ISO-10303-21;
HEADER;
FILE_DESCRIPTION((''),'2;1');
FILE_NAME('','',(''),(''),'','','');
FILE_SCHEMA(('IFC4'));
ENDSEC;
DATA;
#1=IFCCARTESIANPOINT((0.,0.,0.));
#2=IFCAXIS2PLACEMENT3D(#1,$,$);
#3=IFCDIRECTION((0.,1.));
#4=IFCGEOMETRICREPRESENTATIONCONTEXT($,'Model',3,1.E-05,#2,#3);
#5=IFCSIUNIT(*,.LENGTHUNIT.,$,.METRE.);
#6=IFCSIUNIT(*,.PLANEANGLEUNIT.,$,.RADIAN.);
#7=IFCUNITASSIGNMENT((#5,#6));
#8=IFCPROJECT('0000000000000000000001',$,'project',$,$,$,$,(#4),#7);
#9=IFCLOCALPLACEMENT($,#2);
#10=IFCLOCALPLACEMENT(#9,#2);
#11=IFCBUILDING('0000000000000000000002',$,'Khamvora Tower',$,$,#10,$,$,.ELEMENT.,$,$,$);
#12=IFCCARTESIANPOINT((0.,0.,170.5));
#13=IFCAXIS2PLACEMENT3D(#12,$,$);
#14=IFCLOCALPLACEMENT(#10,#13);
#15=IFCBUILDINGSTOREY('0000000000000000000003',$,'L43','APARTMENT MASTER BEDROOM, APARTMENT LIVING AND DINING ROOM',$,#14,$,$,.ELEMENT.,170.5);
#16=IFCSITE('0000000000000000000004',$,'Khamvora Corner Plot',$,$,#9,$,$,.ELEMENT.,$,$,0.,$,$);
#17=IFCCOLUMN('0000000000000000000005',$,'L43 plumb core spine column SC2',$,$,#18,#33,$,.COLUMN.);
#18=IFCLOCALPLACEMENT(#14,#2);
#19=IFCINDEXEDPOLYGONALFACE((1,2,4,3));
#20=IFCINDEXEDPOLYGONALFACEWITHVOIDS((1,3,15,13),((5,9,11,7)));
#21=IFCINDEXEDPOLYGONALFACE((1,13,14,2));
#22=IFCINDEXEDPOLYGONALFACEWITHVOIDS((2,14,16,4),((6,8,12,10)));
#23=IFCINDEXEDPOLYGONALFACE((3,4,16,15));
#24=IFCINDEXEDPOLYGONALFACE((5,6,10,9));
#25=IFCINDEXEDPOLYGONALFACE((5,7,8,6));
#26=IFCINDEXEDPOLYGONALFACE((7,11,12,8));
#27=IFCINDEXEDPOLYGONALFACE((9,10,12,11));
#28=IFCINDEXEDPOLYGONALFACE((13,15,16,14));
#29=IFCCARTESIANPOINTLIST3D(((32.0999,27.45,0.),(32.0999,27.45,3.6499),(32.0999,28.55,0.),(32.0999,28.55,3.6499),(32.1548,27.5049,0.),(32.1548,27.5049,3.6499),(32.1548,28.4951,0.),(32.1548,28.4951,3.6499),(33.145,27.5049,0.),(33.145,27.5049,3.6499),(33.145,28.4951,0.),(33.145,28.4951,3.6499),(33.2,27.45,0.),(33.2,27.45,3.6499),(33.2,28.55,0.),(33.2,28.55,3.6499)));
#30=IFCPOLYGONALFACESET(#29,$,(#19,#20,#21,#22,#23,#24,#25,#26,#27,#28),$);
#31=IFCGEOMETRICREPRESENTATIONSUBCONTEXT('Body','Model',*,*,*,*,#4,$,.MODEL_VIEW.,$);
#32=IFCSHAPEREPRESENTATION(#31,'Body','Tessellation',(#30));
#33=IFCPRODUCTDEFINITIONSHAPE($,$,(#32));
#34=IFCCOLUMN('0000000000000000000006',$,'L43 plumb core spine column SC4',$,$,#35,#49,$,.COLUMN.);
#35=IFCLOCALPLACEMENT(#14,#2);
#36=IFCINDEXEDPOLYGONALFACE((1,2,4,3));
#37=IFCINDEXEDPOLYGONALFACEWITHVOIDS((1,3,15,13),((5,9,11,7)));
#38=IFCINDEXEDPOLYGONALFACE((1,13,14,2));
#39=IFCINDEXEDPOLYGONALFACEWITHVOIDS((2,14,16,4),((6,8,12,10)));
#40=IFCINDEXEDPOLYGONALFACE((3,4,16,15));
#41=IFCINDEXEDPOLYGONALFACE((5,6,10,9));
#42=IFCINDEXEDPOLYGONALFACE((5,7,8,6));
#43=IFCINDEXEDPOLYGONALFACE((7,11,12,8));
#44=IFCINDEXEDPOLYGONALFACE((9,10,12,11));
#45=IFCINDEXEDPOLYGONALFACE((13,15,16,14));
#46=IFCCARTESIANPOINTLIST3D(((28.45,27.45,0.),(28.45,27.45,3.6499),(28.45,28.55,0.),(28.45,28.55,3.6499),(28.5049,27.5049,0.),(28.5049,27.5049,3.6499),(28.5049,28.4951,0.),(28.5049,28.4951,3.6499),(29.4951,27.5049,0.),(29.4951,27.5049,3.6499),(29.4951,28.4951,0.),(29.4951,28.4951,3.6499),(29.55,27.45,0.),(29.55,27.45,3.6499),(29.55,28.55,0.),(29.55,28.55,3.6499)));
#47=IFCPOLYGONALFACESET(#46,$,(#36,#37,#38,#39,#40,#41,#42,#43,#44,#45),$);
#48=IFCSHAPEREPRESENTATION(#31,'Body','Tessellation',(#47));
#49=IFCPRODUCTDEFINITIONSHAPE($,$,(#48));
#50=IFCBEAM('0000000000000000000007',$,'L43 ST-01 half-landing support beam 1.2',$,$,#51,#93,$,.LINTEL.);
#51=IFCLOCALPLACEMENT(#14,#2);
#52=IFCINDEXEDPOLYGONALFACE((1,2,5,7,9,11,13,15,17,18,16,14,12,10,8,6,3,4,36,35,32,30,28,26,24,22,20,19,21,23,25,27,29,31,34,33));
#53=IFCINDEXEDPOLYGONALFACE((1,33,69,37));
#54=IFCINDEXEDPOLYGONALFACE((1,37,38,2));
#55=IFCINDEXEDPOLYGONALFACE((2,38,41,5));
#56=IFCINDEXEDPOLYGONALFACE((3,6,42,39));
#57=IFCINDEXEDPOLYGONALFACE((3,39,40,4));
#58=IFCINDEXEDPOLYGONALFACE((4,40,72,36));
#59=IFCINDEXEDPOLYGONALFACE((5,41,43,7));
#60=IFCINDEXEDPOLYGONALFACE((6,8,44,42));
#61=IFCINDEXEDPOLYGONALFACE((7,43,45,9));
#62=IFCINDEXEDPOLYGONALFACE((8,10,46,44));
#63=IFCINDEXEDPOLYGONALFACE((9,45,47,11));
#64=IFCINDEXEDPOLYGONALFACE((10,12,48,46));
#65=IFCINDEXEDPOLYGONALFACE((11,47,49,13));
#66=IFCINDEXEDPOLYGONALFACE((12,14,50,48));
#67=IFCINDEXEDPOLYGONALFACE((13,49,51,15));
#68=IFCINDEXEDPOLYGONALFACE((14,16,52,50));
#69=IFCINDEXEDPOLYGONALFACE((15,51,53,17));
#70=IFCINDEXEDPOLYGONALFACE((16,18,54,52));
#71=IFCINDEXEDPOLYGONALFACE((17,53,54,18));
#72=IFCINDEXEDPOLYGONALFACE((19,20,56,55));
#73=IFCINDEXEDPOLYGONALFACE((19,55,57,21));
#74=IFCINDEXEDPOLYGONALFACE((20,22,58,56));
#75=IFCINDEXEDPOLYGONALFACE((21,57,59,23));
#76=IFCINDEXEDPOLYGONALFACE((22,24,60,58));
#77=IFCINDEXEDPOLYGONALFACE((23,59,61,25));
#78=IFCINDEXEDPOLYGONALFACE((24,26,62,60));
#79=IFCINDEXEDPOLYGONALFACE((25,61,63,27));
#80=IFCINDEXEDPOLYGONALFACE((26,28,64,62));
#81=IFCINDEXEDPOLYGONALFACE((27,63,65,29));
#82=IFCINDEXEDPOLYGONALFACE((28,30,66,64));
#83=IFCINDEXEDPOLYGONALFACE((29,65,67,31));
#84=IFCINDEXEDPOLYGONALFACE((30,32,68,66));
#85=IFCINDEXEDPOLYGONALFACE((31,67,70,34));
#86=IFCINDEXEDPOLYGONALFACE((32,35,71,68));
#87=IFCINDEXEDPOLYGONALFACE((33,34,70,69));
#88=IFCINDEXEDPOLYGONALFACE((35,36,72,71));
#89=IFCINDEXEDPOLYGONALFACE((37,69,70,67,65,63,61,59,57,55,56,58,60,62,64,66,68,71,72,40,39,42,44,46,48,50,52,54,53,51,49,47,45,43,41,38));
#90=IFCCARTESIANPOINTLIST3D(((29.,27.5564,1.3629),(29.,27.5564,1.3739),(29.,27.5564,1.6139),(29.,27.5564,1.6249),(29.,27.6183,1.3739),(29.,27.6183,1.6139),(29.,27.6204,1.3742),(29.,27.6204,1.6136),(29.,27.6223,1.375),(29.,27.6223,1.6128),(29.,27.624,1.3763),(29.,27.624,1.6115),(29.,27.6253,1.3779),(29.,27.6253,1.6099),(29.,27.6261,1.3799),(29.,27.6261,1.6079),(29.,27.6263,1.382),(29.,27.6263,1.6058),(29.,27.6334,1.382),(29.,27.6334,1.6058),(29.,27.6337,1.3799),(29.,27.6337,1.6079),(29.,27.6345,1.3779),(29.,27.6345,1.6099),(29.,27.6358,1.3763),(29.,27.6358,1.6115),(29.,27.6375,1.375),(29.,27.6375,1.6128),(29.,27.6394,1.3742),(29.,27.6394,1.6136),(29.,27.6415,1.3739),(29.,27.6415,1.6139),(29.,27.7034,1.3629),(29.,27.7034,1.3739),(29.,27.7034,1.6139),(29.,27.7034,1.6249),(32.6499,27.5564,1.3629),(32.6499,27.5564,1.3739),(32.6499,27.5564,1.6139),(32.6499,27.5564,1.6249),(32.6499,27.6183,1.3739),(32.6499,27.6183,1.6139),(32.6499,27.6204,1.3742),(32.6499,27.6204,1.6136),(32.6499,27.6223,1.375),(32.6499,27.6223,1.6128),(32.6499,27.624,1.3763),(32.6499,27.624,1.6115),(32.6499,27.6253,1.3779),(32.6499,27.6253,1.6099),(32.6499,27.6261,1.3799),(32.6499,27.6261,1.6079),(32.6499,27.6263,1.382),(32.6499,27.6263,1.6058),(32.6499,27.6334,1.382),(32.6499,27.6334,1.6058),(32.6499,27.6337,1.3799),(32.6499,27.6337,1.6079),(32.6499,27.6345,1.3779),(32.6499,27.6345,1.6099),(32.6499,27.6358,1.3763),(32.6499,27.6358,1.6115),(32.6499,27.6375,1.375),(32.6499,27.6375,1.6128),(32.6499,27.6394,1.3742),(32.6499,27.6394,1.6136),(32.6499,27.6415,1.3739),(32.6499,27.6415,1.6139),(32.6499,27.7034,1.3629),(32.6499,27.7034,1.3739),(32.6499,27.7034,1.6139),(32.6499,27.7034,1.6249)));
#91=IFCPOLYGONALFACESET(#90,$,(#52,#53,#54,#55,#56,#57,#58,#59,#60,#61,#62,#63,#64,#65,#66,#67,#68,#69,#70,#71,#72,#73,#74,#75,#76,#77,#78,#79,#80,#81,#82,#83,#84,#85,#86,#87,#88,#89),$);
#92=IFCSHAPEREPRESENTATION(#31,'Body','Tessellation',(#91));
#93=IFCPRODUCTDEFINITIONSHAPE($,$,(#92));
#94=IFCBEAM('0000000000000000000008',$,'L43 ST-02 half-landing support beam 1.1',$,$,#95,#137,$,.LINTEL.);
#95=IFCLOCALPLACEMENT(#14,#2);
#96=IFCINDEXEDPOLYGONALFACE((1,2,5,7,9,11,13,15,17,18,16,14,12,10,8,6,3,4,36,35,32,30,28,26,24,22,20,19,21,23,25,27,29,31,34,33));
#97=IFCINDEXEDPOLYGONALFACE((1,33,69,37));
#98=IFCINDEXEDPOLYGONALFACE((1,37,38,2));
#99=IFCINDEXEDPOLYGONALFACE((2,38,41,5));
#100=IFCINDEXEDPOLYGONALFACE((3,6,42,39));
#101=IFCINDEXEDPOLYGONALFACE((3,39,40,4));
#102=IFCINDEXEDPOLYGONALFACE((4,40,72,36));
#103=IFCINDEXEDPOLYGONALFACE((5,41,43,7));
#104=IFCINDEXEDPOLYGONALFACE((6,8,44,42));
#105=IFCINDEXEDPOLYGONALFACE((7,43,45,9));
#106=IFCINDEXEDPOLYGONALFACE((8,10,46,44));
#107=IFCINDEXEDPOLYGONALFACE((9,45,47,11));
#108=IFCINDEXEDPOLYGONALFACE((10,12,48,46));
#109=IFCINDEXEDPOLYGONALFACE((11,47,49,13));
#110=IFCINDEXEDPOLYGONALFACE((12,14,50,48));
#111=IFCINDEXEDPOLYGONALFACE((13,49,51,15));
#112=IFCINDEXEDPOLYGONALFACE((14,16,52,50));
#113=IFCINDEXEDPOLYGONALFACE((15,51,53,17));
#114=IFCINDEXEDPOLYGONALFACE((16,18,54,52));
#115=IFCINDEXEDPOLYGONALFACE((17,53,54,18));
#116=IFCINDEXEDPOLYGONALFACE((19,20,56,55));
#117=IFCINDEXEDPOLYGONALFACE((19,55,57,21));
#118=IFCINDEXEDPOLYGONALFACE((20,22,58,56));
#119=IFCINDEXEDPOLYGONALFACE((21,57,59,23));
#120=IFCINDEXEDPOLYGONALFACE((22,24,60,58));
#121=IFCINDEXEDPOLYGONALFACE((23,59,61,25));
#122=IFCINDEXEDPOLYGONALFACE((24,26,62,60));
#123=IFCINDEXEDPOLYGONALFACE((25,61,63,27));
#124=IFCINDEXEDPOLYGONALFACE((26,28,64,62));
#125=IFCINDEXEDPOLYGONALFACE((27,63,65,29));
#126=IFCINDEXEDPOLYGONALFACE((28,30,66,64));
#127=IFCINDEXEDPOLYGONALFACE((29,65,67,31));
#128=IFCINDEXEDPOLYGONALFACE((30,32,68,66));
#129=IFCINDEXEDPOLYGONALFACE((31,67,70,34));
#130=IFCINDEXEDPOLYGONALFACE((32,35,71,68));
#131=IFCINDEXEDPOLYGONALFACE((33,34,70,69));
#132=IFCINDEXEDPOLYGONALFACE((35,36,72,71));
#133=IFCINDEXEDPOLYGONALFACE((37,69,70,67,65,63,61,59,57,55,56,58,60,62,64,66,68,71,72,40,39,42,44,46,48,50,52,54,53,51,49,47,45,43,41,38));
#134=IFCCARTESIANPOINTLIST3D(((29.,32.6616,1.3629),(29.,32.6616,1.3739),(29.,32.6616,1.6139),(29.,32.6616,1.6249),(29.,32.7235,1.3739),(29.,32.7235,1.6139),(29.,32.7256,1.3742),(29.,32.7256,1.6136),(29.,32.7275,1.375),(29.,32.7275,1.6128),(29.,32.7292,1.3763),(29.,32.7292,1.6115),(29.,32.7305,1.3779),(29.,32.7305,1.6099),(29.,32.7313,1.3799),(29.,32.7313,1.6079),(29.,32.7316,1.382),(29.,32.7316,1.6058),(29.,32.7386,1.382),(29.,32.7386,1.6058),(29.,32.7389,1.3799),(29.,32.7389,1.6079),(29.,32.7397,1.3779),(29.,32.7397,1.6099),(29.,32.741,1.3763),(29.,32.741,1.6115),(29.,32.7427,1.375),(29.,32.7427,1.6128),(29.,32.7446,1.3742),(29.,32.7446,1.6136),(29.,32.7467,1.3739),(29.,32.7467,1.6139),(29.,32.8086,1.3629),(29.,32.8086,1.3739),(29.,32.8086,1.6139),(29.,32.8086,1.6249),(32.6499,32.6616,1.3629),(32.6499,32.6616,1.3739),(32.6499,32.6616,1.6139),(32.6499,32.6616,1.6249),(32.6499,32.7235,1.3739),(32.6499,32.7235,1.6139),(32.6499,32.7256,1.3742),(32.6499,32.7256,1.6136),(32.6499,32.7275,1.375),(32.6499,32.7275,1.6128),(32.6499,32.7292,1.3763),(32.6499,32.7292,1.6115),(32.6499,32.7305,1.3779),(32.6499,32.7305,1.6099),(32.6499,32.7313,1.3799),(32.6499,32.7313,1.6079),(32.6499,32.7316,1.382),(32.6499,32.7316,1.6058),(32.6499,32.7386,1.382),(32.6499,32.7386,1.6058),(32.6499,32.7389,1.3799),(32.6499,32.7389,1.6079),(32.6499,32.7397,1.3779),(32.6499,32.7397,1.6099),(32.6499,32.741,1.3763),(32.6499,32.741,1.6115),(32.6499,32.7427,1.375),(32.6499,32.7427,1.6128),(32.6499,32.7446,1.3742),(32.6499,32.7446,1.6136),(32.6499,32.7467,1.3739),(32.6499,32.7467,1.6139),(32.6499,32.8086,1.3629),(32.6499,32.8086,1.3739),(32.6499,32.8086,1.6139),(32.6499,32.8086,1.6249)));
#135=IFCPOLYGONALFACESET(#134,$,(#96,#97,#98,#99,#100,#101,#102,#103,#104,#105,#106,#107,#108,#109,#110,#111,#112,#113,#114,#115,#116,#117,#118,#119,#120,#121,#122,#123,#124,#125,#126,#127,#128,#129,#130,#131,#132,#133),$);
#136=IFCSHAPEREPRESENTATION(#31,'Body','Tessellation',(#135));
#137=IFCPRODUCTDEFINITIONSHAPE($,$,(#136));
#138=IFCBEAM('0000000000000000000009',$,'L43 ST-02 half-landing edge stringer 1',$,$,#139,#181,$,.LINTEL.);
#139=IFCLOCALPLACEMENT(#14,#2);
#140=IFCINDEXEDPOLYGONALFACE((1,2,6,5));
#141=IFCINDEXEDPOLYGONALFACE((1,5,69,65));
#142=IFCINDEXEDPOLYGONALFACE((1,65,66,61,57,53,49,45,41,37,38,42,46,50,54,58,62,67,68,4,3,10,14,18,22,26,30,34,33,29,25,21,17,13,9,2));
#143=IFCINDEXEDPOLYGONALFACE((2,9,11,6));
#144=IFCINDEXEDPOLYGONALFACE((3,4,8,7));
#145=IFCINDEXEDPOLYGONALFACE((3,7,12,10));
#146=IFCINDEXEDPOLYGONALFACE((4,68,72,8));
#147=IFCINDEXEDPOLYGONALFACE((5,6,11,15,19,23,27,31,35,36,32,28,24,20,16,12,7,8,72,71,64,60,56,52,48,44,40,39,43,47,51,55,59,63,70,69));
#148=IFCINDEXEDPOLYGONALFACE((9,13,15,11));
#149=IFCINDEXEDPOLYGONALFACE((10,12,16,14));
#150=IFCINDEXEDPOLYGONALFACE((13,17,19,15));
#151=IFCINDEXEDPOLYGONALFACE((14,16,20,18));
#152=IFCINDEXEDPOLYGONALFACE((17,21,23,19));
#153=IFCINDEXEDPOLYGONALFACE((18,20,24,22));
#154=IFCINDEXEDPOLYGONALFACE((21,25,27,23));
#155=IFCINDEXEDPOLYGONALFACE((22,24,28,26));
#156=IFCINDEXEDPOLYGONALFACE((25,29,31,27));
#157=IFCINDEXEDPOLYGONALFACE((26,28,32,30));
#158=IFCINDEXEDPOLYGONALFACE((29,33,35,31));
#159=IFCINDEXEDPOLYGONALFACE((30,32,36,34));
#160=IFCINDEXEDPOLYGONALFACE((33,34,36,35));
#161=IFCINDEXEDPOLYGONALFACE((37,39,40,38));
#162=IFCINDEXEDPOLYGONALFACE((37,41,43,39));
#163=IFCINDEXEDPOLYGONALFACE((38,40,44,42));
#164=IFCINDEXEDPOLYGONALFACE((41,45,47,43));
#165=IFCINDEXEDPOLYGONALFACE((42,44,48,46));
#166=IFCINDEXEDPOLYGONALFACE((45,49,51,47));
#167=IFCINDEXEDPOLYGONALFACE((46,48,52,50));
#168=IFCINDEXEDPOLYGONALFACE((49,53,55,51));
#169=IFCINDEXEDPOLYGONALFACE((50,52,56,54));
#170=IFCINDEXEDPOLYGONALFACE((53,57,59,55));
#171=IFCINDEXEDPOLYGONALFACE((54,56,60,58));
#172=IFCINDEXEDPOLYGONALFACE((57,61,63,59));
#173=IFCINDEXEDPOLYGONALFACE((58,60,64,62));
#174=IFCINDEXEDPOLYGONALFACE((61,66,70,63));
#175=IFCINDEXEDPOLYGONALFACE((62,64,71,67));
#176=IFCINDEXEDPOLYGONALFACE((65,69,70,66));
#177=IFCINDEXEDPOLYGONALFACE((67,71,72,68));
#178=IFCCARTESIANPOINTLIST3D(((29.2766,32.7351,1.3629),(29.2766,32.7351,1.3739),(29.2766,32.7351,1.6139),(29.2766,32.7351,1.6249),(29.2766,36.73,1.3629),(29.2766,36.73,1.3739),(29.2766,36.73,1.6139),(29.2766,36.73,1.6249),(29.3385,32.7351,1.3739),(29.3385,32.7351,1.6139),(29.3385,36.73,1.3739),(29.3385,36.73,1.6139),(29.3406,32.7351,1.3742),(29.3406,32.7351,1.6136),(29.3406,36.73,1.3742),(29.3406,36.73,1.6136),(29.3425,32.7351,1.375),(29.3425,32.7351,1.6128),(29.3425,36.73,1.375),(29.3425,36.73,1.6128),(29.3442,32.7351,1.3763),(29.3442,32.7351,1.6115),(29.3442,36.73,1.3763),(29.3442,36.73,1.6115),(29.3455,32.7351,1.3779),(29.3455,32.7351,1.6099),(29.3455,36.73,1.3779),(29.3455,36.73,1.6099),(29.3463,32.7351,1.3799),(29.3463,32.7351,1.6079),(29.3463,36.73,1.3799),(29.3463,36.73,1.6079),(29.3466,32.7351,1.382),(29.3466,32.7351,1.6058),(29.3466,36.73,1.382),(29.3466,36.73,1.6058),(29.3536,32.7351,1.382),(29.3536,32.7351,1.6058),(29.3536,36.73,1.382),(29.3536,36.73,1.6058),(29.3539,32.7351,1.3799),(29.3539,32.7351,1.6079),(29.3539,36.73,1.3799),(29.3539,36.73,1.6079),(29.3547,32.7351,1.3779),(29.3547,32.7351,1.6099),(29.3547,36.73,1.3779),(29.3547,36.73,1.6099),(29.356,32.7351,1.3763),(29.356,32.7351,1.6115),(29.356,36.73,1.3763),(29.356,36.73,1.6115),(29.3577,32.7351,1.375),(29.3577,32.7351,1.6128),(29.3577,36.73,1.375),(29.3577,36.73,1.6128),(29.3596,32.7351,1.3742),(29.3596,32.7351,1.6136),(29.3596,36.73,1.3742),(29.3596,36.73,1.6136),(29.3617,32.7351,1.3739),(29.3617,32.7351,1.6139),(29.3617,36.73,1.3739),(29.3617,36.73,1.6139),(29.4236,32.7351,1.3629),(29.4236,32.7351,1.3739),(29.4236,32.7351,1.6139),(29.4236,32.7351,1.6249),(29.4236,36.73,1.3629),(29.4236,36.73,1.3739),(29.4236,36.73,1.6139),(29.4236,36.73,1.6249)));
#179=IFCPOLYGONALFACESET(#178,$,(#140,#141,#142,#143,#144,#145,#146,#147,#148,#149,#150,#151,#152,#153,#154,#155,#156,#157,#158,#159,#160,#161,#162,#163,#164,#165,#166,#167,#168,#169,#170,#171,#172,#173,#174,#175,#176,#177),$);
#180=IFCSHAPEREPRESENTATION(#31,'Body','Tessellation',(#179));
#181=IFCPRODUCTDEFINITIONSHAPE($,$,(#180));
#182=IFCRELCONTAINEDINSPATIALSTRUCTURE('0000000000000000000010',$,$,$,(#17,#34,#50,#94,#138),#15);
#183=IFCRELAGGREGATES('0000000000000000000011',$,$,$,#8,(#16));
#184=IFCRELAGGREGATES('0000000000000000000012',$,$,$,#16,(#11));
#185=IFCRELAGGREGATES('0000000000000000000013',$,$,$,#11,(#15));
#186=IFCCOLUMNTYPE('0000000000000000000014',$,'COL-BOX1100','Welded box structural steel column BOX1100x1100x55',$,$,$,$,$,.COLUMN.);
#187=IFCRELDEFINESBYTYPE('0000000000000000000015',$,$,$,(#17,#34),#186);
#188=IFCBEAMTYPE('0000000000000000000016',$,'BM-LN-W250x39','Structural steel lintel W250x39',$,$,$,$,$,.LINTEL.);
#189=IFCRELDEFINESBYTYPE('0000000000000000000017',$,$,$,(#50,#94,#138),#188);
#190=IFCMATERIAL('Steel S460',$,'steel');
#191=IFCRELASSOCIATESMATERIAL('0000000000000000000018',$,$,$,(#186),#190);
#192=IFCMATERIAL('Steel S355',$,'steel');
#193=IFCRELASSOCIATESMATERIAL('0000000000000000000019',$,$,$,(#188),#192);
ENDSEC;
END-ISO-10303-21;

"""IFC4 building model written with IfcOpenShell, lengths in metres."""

from ifc_helpers import new_model, si_unit, direction, frame, origin, origin_2d, place, context, subcontext, project, spatial, hollow_rectangle, i_section, extrude, material, material_profile, profile_set, type_object, element, save


model = new_model("IFC4")

# Units and contexts
model_context = context("Model", 3, precision=1e-05, world=origin(), true_north=direction((0.0, 1.0)))
body_context = subcontext(model_context, "Body", "Model", "MODEL_VIEW")
ifc_project = project(units=[si_unit("LENGTHUNIT", "METRE"), si_unit("PLANEANGLEUNIT", "RADIAN")], contexts=[model_context])

# Site, building, storey
site_placement = place(None, origin())
site = spatial("IfcSite", under=ifc_project, at=site_placement, Name="Khamvora Corner Plot", CompositionType="ELEMENT", RefElevation=0.0)
building_placement = place(site_placement, origin())
building = spatial("IfcBuilding", under=site, at=building_placement, Name="Khamvora Tower", CompositionType="ELEMENT")
storey_placement = place(building_placement, frame((0.0, 0.0, 170.5)))
storey = spatial("IfcBuildingStorey", under=building, at=storey_placement, Name="L43", Description="APARTMENT MASTER BEDROOM, APARTMENT LIVING AND DINING ROOM", CompositionType="ELEMENT", Elevation=170.5)

# Columns
ifc_material_1 = material(Name="Steel S460", Category="steel")
ifc_material_profile_1 = material_profile(ifc_material_1, hollow_rectangle(XDim=1.1001, YDim=1.1001, WallThickness=0.0549, at=origin_2d()), Name="BOX1100x1100x55")
ifc_profile_set_1 = profile_set([ifc_material_profile_1], Name="Steel S460")
column_type = type_object("IfcColumnType", Name="COL-BOX1100", Description="Welded box structural steel column BOX1100x1100x55", PredefinedType="COLUMN", material=ifc_profile_set_1)
for number, where, z_axis, x_axis, name in (
    (1, (32.6499, 28.0, 0.0), (0.0, 0.0, 1.0), (1.0, 0.0, 0.0), "L43 plumb core spine column SC2"),
    (2, (29.0, 28.0, 0.0), (0.0, 0.0, 1.0), (1.0, 0.0, 0.0), "L43 plumb core spine column SC4"),
):
    element("IfcColumn", number, at=place(storey_placement, frame(where, z_axis=z_axis, x_axis=x_axis)), inside=storey, type_object=column_type, Name=name, PredefinedType="COLUMN", context=body_context, shape_type="SweptSolid", body=[
        extrude(hollow_rectangle(XDim=1.1001, YDim=1.1001, WallThickness=0.0549, at=origin_2d()), origin(), (0.0, 0.0, 1.0), 3.6499),
    ])

# Beams
ifc_material_2 = material(Name="Steel S355", Category="steel")
ifc_material_profile_2 = material_profile(ifc_material_2, i_section(OverallWidth=0.147, OverallDepth=0.262, WebThickness=0.0071, FlangeThickness=0.011, FilletRadius=0.0081, at=origin_2d()), Name="W250x39")
ifc_profile_set_2 = profile_set([ifc_material_profile_2], Name="Steel S355")
beam_type_1 = type_object("IfcBeamType", Name="BM-LN-W250x39", Description="Structural steel lintel W250x39", PredefinedType="LINTEL", material=ifc_profile_set_2)
for number, where, z_axis, x_axis, name in (
    (3, (29.0, 27.6299, 1.4939), (1.0, 0.0, 0.0), (0.0, 1.0, 0.0), "L43 ST-01 half-landing support beam 1.2"),
    (4, (29.0, 32.7351, 1.4939), (1.0, 0.0, 0.0), (0.0, 1.0, 0.0), "L43 ST-02 half-landing support beam 1.1"),
):
    element("IfcBeam", number, at=place(storey_placement, frame(where, z_axis=z_axis, x_axis=x_axis)), inside=storey, type_object=beam_type_1, Name=name, PredefinedType="LINTEL", context=body_context, shape_type="SweptSolid", body=[
        extrude(i_section(OverallWidth=0.147, OverallDepth=0.262, WebThickness=0.0071, FlangeThickness=0.011, FilletRadius=0.0081, at=origin_2d()), origin(), (0.0, 0.0, 1.0), 3.6499),
    ])
beam_1_placement = place(storey_placement, frame((29.3501, 32.7351, 1.4939), z_axis=(0.0, 1.0, 0.0), x_axis=(-1.0, 0.0, 0.0)))
element("IfcBeam", 5, at=beam_1_placement, inside=storey, type_object=beam_type_1, Name="L43 ST-02 half-landing edge stringer 1", PredefinedType="LINTEL", context=body_context, shape_type="SweptSolid", body=[
    extrude(i_section(OverallWidth=0.147, OverallDepth=0.262, WebThickness=0.0071, FlangeThickness=0.011, FilletRadius=0.0081, at=origin_2d()), origin(), (0.0, 0.0, 1.0), 3.9949),
])

save(model, "model.ifc")
